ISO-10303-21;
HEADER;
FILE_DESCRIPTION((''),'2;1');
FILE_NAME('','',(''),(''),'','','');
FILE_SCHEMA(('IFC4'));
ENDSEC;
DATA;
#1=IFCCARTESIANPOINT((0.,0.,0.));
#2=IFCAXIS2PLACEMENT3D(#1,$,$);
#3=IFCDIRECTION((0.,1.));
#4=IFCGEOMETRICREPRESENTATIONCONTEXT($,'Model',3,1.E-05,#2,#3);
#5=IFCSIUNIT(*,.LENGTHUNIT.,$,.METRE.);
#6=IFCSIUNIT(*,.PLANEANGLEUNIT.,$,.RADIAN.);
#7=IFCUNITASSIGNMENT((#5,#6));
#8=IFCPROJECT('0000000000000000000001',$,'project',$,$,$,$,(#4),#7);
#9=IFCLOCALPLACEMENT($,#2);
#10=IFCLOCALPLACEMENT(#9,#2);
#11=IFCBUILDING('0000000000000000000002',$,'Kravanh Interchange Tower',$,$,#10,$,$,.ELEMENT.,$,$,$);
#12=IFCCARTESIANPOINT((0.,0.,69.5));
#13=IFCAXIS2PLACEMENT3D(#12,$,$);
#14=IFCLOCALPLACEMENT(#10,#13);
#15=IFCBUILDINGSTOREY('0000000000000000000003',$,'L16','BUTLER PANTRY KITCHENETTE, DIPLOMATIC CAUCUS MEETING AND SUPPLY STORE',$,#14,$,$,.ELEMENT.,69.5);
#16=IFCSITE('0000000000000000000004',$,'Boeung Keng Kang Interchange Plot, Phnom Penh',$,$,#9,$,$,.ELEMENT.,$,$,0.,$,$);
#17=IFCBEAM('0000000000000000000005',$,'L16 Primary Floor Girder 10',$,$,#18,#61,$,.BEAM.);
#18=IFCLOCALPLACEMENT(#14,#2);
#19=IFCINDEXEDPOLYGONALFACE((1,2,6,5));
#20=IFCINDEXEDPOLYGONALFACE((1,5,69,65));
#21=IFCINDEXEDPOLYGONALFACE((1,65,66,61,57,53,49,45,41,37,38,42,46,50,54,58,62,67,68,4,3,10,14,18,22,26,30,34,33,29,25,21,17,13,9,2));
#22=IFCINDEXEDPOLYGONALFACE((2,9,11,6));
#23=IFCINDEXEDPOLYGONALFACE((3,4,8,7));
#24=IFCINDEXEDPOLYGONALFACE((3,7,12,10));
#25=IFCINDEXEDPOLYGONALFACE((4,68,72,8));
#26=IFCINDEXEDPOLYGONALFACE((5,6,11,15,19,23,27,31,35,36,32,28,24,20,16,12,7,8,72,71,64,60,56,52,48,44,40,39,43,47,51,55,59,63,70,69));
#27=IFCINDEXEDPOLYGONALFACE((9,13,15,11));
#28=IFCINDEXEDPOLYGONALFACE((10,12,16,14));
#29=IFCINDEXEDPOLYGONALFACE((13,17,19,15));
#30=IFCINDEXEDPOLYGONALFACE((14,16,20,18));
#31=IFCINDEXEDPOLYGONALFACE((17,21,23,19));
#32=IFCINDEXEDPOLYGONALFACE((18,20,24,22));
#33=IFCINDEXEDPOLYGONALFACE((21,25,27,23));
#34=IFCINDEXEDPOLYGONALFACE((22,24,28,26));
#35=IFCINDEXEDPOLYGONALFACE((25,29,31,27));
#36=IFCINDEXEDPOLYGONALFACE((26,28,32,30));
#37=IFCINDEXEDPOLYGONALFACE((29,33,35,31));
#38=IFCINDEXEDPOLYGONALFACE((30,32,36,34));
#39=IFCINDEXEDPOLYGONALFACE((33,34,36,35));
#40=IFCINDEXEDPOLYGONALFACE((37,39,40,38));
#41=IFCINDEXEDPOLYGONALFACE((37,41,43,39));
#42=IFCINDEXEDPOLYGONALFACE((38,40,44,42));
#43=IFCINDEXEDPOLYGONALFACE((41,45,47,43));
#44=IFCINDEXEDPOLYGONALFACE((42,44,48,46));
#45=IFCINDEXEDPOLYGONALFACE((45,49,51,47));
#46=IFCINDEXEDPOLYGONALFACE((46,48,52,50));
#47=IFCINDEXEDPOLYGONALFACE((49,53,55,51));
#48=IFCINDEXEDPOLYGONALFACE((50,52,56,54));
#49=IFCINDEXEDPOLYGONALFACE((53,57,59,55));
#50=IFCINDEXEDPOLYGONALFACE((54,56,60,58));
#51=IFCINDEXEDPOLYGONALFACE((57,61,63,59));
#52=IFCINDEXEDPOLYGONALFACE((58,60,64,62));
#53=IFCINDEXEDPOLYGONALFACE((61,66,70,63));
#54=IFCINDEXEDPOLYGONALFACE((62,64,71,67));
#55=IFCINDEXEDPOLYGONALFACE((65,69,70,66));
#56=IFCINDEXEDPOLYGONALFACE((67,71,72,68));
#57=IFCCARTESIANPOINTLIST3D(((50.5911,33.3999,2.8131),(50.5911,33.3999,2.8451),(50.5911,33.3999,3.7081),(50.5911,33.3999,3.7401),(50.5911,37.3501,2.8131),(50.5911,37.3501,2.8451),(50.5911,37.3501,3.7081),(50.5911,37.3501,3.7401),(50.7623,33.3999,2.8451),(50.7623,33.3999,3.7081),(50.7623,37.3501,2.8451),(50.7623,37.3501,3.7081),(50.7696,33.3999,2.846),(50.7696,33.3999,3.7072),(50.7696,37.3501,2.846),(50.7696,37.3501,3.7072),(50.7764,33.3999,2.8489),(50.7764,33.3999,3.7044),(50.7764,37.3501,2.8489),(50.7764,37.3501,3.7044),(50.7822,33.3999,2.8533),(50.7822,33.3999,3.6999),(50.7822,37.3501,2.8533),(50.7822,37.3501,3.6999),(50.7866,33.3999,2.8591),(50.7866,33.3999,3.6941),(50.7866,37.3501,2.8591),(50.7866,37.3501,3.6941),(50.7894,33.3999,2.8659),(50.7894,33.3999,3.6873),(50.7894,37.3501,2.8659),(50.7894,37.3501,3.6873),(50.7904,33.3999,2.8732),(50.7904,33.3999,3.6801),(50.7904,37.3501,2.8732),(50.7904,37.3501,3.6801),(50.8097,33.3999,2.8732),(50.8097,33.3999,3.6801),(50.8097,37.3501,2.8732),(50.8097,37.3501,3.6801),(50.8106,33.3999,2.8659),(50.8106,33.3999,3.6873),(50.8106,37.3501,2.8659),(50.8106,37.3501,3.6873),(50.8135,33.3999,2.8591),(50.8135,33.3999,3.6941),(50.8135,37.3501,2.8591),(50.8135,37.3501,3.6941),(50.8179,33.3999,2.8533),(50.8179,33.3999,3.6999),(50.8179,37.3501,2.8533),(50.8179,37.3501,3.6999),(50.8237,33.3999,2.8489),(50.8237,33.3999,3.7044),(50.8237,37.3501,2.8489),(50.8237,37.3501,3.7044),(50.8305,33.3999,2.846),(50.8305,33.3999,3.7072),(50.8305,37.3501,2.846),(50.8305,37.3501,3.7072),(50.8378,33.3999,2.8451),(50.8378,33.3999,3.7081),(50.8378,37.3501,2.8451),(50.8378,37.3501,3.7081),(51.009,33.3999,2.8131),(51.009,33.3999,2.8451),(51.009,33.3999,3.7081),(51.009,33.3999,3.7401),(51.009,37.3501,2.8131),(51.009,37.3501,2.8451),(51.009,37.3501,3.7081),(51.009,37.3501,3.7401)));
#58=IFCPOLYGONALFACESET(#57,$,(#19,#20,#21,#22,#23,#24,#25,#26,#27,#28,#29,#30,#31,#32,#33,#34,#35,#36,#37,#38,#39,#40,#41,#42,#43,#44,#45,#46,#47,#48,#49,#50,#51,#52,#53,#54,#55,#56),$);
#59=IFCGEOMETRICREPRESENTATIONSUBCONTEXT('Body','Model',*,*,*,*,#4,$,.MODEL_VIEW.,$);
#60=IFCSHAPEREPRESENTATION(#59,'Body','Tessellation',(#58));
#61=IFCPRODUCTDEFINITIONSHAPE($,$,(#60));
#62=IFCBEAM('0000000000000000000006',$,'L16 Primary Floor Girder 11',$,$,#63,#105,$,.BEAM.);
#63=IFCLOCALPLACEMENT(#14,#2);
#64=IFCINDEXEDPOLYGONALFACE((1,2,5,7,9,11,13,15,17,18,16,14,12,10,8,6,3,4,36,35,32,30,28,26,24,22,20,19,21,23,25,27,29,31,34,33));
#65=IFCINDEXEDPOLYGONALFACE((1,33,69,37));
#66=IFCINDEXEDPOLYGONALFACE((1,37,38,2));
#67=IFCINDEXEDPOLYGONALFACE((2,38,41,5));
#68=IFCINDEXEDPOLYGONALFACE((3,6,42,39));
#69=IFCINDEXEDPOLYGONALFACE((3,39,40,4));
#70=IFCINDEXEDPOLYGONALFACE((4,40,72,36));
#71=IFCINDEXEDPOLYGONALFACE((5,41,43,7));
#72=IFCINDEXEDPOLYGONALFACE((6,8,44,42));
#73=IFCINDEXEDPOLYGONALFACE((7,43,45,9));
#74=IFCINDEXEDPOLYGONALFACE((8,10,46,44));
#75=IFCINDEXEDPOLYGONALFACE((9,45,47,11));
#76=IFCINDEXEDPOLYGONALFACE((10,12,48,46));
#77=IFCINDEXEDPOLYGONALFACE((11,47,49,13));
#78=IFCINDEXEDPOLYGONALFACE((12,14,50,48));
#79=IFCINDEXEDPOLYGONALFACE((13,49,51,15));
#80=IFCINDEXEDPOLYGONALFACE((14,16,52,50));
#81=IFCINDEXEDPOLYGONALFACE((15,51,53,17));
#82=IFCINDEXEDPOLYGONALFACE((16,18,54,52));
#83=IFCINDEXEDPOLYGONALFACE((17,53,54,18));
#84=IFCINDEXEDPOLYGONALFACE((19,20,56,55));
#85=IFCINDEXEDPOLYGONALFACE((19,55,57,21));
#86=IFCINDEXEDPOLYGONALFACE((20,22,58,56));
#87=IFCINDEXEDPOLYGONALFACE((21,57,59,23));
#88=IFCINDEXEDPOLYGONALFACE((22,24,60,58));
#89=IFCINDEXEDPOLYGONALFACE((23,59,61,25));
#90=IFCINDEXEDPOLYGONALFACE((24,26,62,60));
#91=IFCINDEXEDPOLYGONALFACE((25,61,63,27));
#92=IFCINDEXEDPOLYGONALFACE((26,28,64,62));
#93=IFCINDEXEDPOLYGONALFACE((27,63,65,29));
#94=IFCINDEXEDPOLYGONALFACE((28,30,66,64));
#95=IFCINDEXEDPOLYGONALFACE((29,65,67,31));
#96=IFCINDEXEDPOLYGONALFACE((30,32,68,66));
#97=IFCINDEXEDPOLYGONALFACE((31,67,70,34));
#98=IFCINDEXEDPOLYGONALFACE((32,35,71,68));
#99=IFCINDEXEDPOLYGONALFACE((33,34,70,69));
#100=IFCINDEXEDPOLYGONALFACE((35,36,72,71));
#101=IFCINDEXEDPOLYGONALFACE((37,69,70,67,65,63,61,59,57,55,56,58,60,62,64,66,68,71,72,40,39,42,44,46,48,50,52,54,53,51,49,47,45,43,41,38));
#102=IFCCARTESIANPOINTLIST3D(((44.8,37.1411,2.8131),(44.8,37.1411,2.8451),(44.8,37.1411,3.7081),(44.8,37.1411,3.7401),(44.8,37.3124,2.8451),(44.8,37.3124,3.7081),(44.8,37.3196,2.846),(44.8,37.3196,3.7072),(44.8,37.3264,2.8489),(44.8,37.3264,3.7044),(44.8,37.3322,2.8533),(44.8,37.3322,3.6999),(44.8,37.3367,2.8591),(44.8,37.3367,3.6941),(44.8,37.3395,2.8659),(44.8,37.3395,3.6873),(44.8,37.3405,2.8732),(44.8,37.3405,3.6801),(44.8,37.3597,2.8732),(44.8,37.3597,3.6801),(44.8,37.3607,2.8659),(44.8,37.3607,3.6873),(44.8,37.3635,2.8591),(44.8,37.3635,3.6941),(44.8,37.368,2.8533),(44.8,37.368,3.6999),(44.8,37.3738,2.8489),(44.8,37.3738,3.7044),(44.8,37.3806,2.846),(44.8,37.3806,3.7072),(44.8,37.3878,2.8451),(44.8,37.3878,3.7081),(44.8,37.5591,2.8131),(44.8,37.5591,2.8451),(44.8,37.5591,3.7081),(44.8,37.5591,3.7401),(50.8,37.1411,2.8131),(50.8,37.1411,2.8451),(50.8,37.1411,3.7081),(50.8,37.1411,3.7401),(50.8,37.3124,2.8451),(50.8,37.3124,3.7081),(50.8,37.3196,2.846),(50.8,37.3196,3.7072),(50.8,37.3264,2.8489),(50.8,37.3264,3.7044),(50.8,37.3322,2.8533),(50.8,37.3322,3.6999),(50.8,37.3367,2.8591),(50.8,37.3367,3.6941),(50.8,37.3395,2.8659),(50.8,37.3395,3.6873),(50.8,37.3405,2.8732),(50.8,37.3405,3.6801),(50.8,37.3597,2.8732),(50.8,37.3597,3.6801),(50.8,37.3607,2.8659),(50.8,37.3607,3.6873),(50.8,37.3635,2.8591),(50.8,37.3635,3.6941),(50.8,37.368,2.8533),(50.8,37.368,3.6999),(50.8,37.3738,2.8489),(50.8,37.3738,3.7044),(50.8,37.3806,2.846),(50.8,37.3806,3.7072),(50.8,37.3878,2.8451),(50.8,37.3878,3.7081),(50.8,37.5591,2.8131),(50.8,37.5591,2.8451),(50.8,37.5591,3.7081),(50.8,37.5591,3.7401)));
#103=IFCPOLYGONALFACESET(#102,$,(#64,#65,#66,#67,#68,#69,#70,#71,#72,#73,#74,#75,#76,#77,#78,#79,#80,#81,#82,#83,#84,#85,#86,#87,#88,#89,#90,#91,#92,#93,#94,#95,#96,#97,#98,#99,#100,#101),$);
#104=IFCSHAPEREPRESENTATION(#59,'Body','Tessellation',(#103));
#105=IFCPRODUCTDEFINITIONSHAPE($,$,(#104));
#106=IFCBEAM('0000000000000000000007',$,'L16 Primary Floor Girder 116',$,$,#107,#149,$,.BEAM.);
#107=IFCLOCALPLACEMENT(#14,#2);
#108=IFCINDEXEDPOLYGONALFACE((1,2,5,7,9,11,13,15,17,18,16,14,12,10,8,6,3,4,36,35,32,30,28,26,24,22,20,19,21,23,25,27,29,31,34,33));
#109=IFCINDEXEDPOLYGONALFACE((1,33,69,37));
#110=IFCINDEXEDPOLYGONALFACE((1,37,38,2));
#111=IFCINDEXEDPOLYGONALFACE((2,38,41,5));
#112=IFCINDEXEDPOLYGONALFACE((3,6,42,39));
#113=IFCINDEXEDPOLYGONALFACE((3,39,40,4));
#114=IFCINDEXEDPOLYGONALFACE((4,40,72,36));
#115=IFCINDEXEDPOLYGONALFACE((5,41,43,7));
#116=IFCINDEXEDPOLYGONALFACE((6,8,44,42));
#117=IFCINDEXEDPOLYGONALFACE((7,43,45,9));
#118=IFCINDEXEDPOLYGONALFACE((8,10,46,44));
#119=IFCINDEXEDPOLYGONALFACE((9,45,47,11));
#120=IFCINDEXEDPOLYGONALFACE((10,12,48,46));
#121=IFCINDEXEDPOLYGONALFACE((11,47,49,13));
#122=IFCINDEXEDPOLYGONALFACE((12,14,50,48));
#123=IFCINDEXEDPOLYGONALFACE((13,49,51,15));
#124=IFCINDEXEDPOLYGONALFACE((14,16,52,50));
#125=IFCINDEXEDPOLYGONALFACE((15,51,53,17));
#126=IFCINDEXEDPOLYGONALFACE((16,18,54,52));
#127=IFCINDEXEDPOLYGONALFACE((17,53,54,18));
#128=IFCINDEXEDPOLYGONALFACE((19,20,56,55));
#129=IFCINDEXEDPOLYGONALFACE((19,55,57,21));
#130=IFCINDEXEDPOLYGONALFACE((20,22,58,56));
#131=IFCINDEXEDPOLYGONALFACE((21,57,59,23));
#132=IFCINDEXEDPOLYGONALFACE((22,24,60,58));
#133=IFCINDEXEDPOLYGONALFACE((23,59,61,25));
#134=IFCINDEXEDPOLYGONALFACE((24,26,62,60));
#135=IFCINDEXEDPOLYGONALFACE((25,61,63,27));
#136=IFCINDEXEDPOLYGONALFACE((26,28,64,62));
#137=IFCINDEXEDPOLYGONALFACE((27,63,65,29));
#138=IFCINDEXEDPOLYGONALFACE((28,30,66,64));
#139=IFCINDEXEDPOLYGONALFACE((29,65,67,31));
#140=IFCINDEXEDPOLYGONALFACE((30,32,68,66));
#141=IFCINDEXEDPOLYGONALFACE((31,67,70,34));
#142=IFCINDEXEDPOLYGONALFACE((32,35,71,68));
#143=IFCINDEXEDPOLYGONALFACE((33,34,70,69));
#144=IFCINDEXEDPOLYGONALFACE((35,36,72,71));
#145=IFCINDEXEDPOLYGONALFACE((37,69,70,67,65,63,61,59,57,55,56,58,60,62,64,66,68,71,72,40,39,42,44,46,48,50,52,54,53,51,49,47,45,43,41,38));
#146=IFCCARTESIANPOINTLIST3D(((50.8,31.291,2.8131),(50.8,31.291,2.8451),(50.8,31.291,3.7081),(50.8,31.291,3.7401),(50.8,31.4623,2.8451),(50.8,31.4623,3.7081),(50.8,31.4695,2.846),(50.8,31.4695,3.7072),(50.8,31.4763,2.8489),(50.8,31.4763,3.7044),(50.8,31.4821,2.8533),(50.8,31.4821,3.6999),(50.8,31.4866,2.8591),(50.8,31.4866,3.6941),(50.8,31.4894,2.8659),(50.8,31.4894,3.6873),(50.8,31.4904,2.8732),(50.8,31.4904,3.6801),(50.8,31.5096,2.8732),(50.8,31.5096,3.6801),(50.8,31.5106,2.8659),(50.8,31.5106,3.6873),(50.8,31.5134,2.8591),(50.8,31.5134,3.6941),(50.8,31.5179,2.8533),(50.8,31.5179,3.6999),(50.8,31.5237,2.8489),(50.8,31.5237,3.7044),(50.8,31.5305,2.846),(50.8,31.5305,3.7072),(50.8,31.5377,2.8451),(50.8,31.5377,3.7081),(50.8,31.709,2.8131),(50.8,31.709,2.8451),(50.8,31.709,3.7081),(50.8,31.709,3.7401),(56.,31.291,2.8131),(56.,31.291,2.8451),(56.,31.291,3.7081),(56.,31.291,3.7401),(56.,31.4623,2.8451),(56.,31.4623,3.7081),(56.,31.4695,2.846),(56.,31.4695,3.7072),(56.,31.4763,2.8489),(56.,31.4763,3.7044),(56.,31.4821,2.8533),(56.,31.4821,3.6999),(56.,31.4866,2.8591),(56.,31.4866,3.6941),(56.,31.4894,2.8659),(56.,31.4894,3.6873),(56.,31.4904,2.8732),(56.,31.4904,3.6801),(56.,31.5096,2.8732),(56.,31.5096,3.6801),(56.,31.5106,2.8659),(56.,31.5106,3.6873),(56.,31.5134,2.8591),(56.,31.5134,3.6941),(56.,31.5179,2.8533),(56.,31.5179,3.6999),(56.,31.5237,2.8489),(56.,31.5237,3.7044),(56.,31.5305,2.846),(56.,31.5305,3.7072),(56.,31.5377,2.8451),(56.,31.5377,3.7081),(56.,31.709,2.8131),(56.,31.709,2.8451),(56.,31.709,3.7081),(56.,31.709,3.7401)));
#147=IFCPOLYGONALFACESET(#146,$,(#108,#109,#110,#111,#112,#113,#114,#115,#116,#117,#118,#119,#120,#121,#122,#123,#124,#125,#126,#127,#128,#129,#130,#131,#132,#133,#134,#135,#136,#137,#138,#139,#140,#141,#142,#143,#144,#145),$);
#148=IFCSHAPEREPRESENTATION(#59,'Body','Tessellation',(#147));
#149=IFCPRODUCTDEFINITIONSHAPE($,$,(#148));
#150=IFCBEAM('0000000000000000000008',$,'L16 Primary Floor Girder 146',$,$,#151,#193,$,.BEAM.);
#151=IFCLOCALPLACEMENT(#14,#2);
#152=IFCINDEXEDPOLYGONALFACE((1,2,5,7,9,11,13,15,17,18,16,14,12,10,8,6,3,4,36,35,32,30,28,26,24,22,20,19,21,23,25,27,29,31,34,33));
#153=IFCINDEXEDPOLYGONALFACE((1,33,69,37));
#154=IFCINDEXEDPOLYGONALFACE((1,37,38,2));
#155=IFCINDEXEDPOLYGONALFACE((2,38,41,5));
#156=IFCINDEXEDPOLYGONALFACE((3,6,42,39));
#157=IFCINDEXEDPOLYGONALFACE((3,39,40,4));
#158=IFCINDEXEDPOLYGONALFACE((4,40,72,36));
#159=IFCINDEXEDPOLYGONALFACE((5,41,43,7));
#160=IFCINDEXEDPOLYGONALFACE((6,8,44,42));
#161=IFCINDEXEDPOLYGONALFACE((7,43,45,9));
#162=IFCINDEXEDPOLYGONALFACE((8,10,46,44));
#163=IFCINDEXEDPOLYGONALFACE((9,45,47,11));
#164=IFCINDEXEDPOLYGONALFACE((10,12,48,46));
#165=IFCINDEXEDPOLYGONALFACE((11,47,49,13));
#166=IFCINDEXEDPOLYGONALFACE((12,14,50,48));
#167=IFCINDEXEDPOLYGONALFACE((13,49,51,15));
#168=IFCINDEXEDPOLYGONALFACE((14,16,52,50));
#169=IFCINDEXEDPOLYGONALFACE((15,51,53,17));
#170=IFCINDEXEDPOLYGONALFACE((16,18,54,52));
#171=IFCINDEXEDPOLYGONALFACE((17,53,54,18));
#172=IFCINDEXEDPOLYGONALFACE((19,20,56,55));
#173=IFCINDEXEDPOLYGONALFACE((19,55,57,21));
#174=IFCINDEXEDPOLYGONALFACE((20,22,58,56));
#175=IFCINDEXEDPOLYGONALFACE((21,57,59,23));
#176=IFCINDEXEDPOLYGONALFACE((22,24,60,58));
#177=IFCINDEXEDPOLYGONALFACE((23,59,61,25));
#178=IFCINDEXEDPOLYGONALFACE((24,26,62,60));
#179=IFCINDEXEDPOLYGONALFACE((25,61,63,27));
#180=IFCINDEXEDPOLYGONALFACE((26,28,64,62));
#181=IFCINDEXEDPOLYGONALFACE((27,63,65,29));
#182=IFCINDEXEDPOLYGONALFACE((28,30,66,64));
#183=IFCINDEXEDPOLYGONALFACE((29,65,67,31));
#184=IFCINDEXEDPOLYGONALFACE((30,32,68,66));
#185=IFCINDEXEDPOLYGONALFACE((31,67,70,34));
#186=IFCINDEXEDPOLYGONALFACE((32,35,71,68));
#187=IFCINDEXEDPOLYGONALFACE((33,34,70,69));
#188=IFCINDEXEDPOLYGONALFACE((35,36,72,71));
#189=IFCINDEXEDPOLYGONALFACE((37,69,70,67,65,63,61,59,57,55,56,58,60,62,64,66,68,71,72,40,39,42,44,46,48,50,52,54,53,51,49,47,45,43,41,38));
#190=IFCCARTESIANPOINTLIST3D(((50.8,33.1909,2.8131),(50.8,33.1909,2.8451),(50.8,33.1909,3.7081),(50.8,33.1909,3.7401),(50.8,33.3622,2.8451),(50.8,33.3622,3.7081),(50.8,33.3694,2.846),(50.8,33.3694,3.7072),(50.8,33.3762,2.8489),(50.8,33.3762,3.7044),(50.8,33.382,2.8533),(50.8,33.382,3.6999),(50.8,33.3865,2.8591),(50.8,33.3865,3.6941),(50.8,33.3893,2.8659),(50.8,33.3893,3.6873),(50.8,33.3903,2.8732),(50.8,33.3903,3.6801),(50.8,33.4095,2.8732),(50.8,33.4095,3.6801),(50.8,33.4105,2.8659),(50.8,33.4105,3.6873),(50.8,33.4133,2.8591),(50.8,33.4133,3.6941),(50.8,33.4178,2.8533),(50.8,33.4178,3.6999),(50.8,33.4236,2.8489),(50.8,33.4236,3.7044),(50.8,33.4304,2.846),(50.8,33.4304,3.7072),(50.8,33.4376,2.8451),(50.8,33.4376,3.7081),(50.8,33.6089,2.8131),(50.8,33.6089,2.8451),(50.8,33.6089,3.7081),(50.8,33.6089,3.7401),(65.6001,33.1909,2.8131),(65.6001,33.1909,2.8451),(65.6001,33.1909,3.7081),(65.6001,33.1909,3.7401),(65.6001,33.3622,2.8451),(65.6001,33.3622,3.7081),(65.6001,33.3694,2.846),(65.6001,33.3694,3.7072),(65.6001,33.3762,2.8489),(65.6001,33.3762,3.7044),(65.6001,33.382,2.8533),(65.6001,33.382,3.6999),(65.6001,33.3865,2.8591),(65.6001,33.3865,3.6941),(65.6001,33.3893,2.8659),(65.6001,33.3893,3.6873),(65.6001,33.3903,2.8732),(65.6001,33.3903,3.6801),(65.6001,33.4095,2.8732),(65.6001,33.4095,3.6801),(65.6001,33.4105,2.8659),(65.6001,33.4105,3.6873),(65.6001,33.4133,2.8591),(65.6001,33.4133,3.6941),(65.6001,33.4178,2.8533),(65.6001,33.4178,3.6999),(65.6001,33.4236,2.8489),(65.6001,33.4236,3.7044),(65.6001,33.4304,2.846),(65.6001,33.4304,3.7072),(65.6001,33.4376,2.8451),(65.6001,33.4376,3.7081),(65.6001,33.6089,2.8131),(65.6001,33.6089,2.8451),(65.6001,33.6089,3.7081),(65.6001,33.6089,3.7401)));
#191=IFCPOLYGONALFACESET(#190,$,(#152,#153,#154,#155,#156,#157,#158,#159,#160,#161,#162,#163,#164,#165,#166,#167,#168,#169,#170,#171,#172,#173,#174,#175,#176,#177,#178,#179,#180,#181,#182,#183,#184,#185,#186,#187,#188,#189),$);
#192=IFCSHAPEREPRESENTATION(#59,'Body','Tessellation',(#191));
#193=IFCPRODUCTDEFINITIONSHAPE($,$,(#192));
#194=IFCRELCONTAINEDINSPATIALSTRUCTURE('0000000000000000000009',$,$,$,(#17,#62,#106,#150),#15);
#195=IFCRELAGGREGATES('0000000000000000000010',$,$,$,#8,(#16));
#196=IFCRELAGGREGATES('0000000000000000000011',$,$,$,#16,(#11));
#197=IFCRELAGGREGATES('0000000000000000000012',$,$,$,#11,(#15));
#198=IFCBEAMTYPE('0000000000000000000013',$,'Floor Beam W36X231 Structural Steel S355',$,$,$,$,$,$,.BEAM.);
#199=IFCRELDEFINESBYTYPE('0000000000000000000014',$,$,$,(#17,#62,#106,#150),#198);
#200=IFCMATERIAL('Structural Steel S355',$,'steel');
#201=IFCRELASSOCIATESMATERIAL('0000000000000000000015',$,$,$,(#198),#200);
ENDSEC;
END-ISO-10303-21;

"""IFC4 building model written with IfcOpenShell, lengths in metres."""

from ifc_helpers import new_model, si_unit, direction, frame, origin, origin_2d, place, context, subcontext, project, spatial, i_section, extrude, material, material_profile, profile_set, type_object, element, save


model = new_model("IFC4")

# Units and contexts
model_context = context("Model", 3, precision=1e-05, world=origin(), true_north=direction((0.0, 1.0)))
body_context = subcontext(model_context, "Body", "Model", "MODEL_VIEW")
ifc_project = project(units=[si_unit("LENGTHUNIT", "METRE"), si_unit("PLANEANGLEUNIT", "RADIAN")], contexts=[model_context])

# Site, building, storey
site_placement = place(None, origin())
site = spatial("IfcSite", under=ifc_project, at=site_placement, Name="Boeung Keng Kang Interchange Plot, Phnom Penh", CompositionType="ELEMENT", RefElevation=0.0)
building_placement = place(site_placement, origin())
building = spatial("IfcBuilding", under=site, at=building_placement, Name="Kravanh Interchange Tower", CompositionType="ELEMENT")
storey_placement = place(building_placement, frame((0.0, 0.0, 69.5)))
storey = spatial("IfcBuildingStorey", under=building, at=storey_placement, Name="L16", Description="BUTLER PANTRY KITCHENETTE, DIPLOMATIC CAUCUS MEETING AND SUPPLY STORE", CompositionType="ELEMENT", Elevation=69.5)

# Beams
ifc_material_1 = material(Name="Structural Steel S355", Category="steel")
ifc_material_profile_1 = material_profile(ifc_material_1, i_section(OverallWidth=0.418, OverallDepth=0.927, WebThickness=0.0193, FlangeThickness=0.032, FilletRadius=0.0281, at=origin_2d()), Name="W36X231")
ifc_profile_set_1 = profile_set([ifc_material_profile_1], Name="Structural Steel S355")
beam_type_1 = type_object("IfcBeamType", Name="Floor Beam W36X231 Structural Steel S355", PredefinedType="BEAM", material=ifc_profile_set_1)
beam_1_placement = place(storey_placement, frame((50.8, 37.3501, 3.2766), z_axis=(0.0, -1.0, 0.0), x_axis=(1.0, 0.0, 0.0)))
element("IfcBeam", 1, at=beam_1_placement, inside=storey, type_object=beam_type_1, Name="L16 Primary Floor Girder 10", PredefinedType="BEAM", context=body_context, shape_type="SweptSolid", body=[
    extrude(i_section(OverallWidth=0.418, OverallDepth=0.927, WebThickness=0.0193, FlangeThickness=0.032, FilletRadius=0.0281, at=origin_2d()), origin(), (0.0, 0.0, 1.0), 3.9502),
])
beam_2_placement = place(storey_placement, frame((50.8, 37.3501, 3.2766), z_axis=(-1.0, 0.0, 0.0), x_axis=(0.0, -1.0, 0.0)))
element("IfcBeam", 2, at=beam_2_placement, inside=storey, type_object=beam_type_1, Name="L16 Primary Floor Girder 11", PredefinedType="BEAM", context=body_context, shape_type="SweptSolid", body=[
    extrude(i_section(OverallWidth=0.418, OverallDepth=0.927, WebThickness=0.0193, FlangeThickness=0.032, FilletRadius=0.0281, at=origin_2d()), origin(), (0.0, 0.0, 1.0), 6.0),
])
beam_3_placement = place(storey_placement, frame((50.8, 31.5, 3.2766), z_axis=(1.0, 0.0, 0.0), x_axis=(0.0, 1.0, 0.0)))
element("IfcBeam", 3, at=beam_3_placement, inside=storey, type_object=beam_type_1, Name="L16 Primary Floor Girder 116", PredefinedType="BEAM", context=body_context, shape_type="SweptSolid", body=[
    extrude(i_section(OverallWidth=0.418, OverallDepth=0.927, WebThickness=0.0193, FlangeThickness=0.032, FilletRadius=0.0281, at=origin_2d()), origin(), (0.0, 0.0, 1.0), 5.2),
])
beam_4_placement = place(storey_placement, frame((50.8, 33.3999, 3.2766), z_axis=(1.0, 0.0, 0.0), x_axis=(0.0, 1.0, 0.0)))
element("IfcBeam", 4, at=beam_4_placement, inside=storey, type_object=beam_type_1, Name="L16 Primary Floor Girder 146", PredefinedType="BEAM", context=body_context, shape_type="SweptSolid", body=[
    extrude(i_section(OverallWidth=0.418, OverallDepth=0.927, WebThickness=0.0193, FlangeThickness=0.032, FilletRadius=0.0281, at=origin_2d()), origin(), (0.0, 0.0, 1.0), 14.8),
])

save(model, "model.ifc")
